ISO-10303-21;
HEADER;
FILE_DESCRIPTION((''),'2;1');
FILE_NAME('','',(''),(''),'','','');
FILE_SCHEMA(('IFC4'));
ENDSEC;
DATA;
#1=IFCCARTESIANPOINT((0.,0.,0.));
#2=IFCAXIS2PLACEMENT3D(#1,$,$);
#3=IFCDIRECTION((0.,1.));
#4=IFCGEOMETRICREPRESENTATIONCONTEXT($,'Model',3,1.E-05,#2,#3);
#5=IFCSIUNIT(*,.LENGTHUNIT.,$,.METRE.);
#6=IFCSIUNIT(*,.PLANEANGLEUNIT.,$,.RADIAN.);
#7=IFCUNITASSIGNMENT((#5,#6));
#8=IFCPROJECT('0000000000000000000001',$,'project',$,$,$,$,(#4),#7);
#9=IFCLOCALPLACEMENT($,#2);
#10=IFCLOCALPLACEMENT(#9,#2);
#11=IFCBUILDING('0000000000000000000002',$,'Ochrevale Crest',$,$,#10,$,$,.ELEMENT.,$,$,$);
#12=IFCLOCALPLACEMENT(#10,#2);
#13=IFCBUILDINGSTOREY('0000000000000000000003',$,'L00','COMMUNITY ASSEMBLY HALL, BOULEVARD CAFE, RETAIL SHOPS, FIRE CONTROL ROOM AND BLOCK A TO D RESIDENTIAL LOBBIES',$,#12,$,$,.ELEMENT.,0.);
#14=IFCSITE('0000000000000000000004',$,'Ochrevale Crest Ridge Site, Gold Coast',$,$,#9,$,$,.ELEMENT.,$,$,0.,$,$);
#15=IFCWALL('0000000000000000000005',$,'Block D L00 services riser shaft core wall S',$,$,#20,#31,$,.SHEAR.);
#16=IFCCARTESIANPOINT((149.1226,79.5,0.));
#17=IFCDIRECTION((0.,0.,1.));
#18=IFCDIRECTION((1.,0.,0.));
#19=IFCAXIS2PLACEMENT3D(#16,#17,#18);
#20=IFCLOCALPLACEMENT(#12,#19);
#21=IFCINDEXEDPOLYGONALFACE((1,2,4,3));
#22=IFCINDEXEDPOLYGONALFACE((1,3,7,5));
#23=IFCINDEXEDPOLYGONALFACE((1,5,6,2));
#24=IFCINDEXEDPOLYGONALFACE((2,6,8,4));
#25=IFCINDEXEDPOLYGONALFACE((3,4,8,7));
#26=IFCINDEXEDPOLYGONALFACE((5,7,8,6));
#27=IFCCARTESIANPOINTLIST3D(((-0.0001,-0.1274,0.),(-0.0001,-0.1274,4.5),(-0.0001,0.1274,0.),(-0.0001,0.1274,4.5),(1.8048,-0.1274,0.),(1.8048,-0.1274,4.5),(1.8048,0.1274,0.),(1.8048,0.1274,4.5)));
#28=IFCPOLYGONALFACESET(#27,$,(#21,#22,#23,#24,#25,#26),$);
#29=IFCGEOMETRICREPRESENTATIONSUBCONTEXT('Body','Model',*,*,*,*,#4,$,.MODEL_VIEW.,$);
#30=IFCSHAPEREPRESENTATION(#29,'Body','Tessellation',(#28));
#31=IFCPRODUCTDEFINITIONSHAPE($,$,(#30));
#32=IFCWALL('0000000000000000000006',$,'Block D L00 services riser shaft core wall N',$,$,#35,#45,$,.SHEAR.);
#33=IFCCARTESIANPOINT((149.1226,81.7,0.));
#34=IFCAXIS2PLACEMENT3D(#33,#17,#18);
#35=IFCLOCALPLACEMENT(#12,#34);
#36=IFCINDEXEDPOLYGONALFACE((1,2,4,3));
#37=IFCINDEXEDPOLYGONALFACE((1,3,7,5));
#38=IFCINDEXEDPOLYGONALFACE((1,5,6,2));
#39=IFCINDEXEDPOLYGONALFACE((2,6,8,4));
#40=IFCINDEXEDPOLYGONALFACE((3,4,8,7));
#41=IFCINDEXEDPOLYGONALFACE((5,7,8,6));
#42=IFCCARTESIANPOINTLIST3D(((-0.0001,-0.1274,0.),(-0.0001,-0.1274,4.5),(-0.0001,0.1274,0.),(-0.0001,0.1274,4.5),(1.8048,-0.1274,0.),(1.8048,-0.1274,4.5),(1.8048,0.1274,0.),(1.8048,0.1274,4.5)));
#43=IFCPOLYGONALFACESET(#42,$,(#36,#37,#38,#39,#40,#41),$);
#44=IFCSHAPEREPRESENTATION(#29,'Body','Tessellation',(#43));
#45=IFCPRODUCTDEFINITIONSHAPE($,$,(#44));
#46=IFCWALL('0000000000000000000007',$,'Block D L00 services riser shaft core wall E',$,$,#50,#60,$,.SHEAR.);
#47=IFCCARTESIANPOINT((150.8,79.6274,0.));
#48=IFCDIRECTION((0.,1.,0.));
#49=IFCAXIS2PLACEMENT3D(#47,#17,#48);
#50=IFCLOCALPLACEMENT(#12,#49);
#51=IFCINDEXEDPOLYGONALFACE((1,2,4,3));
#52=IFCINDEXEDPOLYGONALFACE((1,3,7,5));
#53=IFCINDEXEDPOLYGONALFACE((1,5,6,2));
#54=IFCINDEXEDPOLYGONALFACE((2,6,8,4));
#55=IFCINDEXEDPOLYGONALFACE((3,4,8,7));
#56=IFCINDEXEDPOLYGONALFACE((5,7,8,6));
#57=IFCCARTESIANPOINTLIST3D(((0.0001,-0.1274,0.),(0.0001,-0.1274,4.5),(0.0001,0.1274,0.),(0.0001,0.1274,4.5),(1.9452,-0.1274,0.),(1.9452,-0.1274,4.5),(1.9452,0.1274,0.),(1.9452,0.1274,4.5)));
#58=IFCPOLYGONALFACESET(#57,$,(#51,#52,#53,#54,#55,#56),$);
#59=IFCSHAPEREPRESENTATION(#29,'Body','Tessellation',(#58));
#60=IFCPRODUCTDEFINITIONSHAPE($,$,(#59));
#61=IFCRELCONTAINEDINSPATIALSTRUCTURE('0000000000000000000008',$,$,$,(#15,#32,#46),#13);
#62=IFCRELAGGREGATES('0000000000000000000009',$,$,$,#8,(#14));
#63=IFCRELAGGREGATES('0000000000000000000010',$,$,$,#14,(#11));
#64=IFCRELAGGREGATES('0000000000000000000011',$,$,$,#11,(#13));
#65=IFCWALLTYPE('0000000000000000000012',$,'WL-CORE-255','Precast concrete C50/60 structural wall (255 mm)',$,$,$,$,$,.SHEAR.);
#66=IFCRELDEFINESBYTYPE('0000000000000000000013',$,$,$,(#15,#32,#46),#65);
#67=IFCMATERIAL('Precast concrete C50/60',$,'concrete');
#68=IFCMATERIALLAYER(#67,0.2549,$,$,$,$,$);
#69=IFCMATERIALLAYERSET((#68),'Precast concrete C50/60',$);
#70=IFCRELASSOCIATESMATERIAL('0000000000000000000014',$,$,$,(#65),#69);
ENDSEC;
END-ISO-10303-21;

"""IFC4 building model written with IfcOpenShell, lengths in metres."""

from ifc_helpers import new_model, si_unit, direction, frame, frame_2d, origin, place, context, subcontext, project, spatial, rectangle, extrude, material, layer, layer_set, type_object, element, save


model = new_model("IFC4")

# Units and contexts
model_context = context("Model", 3, precision=1e-05, world=origin(), true_north=direction((0.0, 1.0)))
body_context = subcontext(model_context, "Body", "Model", "MODEL_VIEW")
ifc_project = project(units=[si_unit("LENGTHUNIT", "METRE"), si_unit("PLANEANGLEUNIT", "RADIAN")], contexts=[model_context])

# Site, building, storey
site_placement = place(None, origin())
site = spatial("IfcSite", under=ifc_project, at=site_placement, Name="Ochrevale Crest Ridge Site, Gold Coast", CompositionType="ELEMENT", RefElevation=0.0)
building_placement = place(site_placement, origin())
building = spatial("IfcBuilding", under=site, at=building_placement, Name="Ochrevale Crest", CompositionType="ELEMENT")
storey_placement = place(building_placement, origin())
storey = spatial("IfcBuildingStorey", under=building, at=storey_placement, Name="L00", Description="COMMUNITY ASSEMBLY HALL, BOULEVARD CAFE, RETAIL SHOPS, FIRE CONTROL ROOM AND BLOCK A TO D RESIDENTIAL LOBBIES", CompositionType="ELEMENT", Elevation=0.0)

# Shared definitions
ifc_material_1 = material(Name="Precast concrete C50/60", Category="concrete")

# Shared definitions
ifc_layer_1 = layer(ifc_material_1, 0.2549)
ifc_layer_set_1 = layer_set([ifc_layer_1], Name="Precast concrete C50/60")
wall_type_1 = type_object("IfcWallType", Name="WL-CORE-255", Description="Precast concrete C50/60 structural wall (255 mm)", PredefinedType="SHEAR", material=ifc_layer_set_1)

# Walls
for number, where, z_axis, x_axis, name in (
    (1, (149.1226, 79.5, 0.0), (0.0, 0.0, 1.0), (1.0, 0.0, 0.0), "Block D L00 services riser shaft core wall S"),
    (2, (149.1226, 81.7, 0.0), (0.0, 0.0, 1.0), (1.0, 0.0, 0.0), "Block D L00 services riser shaft core wall N"),
):
    element("IfcWall", number, at=place(storey_placement, frame(where, z_axis=z_axis, x_axis=x_axis)), inside=storey, type_object=wall_type_1, Name=name, PredefinedType="SHEAR", context=body_context, shape_type="SweptSolid", body=[
        extrude(rectangle(XDim=1.8049, YDim=0.2549, at=frame_2d((0.9023, 0.0))), origin(), (0.0, 0.0, 1.0), 4.5),
    ])
wall_1_placement = place(storey_placement, frame((150.8, 79.6274, 0.0), z_axis=(0.0, 0.0, 1.0), x_axis=(0.0, 1.0, 0.0)))
element("IfcWall", 3, at=wall_1_placement, inside=storey, type_object=wall_type_1, Name="Block D L00 services riser shaft core wall E", PredefinedType="SHEAR", context=body_context, shape_type="SweptSolid", body=[
    extrude(rectangle(XDim=1.9451, YDim=0.2549, at=frame_2d((0.9727, 0.0))), origin(), (0.0, 0.0, 1.0), 4.5),
])

save(model, "model.ifc")
